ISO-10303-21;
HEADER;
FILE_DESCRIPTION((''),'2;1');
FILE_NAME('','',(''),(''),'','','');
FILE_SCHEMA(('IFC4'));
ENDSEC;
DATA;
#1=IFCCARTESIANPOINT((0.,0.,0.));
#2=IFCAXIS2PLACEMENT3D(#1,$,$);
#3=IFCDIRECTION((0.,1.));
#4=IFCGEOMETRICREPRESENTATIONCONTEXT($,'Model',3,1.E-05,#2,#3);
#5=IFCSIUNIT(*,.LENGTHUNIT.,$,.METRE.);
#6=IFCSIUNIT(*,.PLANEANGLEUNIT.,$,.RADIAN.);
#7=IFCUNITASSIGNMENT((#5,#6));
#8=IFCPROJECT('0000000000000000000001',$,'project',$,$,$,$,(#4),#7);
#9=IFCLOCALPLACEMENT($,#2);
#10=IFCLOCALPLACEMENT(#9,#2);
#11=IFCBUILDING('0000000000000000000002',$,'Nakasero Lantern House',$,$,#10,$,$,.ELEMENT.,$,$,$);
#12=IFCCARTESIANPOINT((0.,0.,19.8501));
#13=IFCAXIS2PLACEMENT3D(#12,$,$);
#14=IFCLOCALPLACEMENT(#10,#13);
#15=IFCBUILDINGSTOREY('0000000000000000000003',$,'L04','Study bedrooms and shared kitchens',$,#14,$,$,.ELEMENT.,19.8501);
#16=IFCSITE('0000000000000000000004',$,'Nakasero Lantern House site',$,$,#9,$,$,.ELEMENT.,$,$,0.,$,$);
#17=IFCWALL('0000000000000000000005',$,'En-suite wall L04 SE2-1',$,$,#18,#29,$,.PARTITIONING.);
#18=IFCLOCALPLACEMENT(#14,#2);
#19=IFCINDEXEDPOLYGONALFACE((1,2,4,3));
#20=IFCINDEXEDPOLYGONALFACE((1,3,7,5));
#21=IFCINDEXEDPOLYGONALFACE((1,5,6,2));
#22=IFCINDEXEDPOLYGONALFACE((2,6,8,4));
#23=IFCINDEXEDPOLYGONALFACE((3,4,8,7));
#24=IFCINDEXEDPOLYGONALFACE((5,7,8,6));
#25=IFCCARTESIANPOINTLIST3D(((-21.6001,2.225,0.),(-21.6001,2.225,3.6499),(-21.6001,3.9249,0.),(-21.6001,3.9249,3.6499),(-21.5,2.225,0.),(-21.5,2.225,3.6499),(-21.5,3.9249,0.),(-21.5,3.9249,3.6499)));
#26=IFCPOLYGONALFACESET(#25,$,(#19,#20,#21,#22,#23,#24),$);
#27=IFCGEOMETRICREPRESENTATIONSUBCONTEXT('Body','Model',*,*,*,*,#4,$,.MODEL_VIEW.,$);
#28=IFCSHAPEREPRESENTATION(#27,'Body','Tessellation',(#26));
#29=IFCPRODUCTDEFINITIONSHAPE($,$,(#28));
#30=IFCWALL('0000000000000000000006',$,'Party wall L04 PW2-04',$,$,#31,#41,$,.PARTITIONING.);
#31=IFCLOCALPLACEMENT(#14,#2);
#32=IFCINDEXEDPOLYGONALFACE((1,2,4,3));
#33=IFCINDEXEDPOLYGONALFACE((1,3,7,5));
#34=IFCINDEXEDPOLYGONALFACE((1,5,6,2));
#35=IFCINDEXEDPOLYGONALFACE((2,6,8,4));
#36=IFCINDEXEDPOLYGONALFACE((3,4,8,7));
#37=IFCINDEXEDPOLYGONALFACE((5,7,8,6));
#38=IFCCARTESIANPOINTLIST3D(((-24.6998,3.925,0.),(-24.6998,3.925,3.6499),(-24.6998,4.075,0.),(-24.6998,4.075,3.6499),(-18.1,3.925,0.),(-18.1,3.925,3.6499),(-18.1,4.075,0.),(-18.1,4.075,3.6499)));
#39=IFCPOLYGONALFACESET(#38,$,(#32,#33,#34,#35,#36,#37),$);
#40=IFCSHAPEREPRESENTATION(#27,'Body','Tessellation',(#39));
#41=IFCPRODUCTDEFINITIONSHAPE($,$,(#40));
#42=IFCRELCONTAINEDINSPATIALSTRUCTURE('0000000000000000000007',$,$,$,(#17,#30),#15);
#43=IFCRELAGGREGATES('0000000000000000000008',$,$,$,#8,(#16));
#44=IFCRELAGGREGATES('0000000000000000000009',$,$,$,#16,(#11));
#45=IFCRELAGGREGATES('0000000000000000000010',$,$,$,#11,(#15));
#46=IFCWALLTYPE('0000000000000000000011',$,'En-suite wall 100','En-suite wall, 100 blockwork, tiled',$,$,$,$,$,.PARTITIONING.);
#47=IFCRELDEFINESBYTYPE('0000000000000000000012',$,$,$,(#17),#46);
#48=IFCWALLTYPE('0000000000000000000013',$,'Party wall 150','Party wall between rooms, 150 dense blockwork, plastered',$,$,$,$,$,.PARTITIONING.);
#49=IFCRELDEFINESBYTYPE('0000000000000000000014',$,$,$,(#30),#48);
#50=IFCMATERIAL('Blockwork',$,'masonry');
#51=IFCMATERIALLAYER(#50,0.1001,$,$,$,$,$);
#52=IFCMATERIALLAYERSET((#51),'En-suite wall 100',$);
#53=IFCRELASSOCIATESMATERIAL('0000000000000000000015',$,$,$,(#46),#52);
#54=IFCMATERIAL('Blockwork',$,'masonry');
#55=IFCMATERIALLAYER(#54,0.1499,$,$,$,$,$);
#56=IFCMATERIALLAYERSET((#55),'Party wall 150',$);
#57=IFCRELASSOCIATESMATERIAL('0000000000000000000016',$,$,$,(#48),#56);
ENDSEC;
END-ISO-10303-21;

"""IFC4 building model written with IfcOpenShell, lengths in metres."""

from ifc_helpers import new_model, si_unit, direction, frame, frame_2d, origin, place, context, subcontext, project, spatial, rectangle, extrude, material, layer, layer_set, type_object, element, save


model = new_model("IFC4")

# Units and contexts
model_context = context("Model", 3, precision=1e-05, world=origin(), true_north=direction((0.0, 1.0)))
body_context = subcontext(model_context, "Body", "Model", "MODEL_VIEW")
ifc_project = project(units=[si_unit("LENGTHUNIT", "METRE"), si_unit("PLANEANGLEUNIT", "RADIAN")], contexts=[model_context])

# Site, building, storey
site_placement = place(None, origin())
site = spatial("IfcSite", under=ifc_project, at=site_placement, Name="Nakasero Lantern House site", CompositionType="ELEMENT", RefElevation=0.0)
building_placement = place(site_placement, origin())
building = spatial("IfcBuilding", under=site, at=building_placement, Name="Nakasero Lantern House", CompositionType="ELEMENT")
storey_placement = place(building_placement, frame((0.0, 0.0, 19.8501)))
storey = spatial("IfcBuildingStorey", under=building, at=storey_placement, Name="L04", Description="Study bedrooms and shared kitchens", CompositionType="ELEMENT", Elevation=19.8501)

# Walls
ifc_material_1 = material(Name="Blockwork", Category="masonry")
ifc_layer_1 = layer(ifc_material_1, 0.1001)
ifc_layer_set_1 = layer_set([ifc_layer_1], Name="En-suite wall 100")
wall_type_1 = type_object("IfcWallType", Name="En-suite wall 100", Description="En-suite wall, 100 blockwork, tiled", PredefinedType="PARTITIONING", material=ifc_layer_set_1)
wall_1_placement = place(storey_placement, frame((-21.55, 3.925, 0.0), z_axis=(0.0, 0.0, 1.0), x_axis=(0.0, -1.0, 0.0)))
element("IfcWall", 1, at=wall_1_placement, inside=storey, type_object=wall_type_1, Name="En-suite wall L04 SE2-1", PredefinedType="PARTITIONING", context=body_context, shape_type="SweptSolid", body=[
    extrude(rectangle(XDim=1.7, YDim=0.1001, at=frame_2d((0.8501, 0.0))), origin(), (0.0, 0.0, 1.0), 3.6499),
])
ifc_material_2 = material(Name="Blockwork", Category="masonry")
ifc_layer_2 = layer(ifc_material_2, 0.1499)
ifc_layer_set_2 = layer_set([ifc_layer_2], Name="Party wall 150")
wall_type_2 = type_object("IfcWallType", Name="Party wall 150", Description="Party wall between rooms, 150 dense blockwork, plastered", PredefinedType="PARTITIONING", material=ifc_layer_set_2)
wall_2_placement = place(storey_placement, frame((-18.1001, 4.0, 0.0), z_axis=(0.0, 0.0, 1.0), x_axis=(-1.0, 0.0, 0.0)))
element("IfcWall", 2, at=wall_2_placement, inside=storey, type_object=wall_type_2, Name="Party wall L04 PW2-04", PredefinedType="PARTITIONING", context=body_context, shape_type="SweptSolid", body=[
    extrude(rectangle(XDim=6.5999, YDim=0.1499, at=frame_2d((3.2998, 0.0))), origin(), (0.0, 0.0, 1.0), 3.6499),
])

save(model, "model.ifc")
